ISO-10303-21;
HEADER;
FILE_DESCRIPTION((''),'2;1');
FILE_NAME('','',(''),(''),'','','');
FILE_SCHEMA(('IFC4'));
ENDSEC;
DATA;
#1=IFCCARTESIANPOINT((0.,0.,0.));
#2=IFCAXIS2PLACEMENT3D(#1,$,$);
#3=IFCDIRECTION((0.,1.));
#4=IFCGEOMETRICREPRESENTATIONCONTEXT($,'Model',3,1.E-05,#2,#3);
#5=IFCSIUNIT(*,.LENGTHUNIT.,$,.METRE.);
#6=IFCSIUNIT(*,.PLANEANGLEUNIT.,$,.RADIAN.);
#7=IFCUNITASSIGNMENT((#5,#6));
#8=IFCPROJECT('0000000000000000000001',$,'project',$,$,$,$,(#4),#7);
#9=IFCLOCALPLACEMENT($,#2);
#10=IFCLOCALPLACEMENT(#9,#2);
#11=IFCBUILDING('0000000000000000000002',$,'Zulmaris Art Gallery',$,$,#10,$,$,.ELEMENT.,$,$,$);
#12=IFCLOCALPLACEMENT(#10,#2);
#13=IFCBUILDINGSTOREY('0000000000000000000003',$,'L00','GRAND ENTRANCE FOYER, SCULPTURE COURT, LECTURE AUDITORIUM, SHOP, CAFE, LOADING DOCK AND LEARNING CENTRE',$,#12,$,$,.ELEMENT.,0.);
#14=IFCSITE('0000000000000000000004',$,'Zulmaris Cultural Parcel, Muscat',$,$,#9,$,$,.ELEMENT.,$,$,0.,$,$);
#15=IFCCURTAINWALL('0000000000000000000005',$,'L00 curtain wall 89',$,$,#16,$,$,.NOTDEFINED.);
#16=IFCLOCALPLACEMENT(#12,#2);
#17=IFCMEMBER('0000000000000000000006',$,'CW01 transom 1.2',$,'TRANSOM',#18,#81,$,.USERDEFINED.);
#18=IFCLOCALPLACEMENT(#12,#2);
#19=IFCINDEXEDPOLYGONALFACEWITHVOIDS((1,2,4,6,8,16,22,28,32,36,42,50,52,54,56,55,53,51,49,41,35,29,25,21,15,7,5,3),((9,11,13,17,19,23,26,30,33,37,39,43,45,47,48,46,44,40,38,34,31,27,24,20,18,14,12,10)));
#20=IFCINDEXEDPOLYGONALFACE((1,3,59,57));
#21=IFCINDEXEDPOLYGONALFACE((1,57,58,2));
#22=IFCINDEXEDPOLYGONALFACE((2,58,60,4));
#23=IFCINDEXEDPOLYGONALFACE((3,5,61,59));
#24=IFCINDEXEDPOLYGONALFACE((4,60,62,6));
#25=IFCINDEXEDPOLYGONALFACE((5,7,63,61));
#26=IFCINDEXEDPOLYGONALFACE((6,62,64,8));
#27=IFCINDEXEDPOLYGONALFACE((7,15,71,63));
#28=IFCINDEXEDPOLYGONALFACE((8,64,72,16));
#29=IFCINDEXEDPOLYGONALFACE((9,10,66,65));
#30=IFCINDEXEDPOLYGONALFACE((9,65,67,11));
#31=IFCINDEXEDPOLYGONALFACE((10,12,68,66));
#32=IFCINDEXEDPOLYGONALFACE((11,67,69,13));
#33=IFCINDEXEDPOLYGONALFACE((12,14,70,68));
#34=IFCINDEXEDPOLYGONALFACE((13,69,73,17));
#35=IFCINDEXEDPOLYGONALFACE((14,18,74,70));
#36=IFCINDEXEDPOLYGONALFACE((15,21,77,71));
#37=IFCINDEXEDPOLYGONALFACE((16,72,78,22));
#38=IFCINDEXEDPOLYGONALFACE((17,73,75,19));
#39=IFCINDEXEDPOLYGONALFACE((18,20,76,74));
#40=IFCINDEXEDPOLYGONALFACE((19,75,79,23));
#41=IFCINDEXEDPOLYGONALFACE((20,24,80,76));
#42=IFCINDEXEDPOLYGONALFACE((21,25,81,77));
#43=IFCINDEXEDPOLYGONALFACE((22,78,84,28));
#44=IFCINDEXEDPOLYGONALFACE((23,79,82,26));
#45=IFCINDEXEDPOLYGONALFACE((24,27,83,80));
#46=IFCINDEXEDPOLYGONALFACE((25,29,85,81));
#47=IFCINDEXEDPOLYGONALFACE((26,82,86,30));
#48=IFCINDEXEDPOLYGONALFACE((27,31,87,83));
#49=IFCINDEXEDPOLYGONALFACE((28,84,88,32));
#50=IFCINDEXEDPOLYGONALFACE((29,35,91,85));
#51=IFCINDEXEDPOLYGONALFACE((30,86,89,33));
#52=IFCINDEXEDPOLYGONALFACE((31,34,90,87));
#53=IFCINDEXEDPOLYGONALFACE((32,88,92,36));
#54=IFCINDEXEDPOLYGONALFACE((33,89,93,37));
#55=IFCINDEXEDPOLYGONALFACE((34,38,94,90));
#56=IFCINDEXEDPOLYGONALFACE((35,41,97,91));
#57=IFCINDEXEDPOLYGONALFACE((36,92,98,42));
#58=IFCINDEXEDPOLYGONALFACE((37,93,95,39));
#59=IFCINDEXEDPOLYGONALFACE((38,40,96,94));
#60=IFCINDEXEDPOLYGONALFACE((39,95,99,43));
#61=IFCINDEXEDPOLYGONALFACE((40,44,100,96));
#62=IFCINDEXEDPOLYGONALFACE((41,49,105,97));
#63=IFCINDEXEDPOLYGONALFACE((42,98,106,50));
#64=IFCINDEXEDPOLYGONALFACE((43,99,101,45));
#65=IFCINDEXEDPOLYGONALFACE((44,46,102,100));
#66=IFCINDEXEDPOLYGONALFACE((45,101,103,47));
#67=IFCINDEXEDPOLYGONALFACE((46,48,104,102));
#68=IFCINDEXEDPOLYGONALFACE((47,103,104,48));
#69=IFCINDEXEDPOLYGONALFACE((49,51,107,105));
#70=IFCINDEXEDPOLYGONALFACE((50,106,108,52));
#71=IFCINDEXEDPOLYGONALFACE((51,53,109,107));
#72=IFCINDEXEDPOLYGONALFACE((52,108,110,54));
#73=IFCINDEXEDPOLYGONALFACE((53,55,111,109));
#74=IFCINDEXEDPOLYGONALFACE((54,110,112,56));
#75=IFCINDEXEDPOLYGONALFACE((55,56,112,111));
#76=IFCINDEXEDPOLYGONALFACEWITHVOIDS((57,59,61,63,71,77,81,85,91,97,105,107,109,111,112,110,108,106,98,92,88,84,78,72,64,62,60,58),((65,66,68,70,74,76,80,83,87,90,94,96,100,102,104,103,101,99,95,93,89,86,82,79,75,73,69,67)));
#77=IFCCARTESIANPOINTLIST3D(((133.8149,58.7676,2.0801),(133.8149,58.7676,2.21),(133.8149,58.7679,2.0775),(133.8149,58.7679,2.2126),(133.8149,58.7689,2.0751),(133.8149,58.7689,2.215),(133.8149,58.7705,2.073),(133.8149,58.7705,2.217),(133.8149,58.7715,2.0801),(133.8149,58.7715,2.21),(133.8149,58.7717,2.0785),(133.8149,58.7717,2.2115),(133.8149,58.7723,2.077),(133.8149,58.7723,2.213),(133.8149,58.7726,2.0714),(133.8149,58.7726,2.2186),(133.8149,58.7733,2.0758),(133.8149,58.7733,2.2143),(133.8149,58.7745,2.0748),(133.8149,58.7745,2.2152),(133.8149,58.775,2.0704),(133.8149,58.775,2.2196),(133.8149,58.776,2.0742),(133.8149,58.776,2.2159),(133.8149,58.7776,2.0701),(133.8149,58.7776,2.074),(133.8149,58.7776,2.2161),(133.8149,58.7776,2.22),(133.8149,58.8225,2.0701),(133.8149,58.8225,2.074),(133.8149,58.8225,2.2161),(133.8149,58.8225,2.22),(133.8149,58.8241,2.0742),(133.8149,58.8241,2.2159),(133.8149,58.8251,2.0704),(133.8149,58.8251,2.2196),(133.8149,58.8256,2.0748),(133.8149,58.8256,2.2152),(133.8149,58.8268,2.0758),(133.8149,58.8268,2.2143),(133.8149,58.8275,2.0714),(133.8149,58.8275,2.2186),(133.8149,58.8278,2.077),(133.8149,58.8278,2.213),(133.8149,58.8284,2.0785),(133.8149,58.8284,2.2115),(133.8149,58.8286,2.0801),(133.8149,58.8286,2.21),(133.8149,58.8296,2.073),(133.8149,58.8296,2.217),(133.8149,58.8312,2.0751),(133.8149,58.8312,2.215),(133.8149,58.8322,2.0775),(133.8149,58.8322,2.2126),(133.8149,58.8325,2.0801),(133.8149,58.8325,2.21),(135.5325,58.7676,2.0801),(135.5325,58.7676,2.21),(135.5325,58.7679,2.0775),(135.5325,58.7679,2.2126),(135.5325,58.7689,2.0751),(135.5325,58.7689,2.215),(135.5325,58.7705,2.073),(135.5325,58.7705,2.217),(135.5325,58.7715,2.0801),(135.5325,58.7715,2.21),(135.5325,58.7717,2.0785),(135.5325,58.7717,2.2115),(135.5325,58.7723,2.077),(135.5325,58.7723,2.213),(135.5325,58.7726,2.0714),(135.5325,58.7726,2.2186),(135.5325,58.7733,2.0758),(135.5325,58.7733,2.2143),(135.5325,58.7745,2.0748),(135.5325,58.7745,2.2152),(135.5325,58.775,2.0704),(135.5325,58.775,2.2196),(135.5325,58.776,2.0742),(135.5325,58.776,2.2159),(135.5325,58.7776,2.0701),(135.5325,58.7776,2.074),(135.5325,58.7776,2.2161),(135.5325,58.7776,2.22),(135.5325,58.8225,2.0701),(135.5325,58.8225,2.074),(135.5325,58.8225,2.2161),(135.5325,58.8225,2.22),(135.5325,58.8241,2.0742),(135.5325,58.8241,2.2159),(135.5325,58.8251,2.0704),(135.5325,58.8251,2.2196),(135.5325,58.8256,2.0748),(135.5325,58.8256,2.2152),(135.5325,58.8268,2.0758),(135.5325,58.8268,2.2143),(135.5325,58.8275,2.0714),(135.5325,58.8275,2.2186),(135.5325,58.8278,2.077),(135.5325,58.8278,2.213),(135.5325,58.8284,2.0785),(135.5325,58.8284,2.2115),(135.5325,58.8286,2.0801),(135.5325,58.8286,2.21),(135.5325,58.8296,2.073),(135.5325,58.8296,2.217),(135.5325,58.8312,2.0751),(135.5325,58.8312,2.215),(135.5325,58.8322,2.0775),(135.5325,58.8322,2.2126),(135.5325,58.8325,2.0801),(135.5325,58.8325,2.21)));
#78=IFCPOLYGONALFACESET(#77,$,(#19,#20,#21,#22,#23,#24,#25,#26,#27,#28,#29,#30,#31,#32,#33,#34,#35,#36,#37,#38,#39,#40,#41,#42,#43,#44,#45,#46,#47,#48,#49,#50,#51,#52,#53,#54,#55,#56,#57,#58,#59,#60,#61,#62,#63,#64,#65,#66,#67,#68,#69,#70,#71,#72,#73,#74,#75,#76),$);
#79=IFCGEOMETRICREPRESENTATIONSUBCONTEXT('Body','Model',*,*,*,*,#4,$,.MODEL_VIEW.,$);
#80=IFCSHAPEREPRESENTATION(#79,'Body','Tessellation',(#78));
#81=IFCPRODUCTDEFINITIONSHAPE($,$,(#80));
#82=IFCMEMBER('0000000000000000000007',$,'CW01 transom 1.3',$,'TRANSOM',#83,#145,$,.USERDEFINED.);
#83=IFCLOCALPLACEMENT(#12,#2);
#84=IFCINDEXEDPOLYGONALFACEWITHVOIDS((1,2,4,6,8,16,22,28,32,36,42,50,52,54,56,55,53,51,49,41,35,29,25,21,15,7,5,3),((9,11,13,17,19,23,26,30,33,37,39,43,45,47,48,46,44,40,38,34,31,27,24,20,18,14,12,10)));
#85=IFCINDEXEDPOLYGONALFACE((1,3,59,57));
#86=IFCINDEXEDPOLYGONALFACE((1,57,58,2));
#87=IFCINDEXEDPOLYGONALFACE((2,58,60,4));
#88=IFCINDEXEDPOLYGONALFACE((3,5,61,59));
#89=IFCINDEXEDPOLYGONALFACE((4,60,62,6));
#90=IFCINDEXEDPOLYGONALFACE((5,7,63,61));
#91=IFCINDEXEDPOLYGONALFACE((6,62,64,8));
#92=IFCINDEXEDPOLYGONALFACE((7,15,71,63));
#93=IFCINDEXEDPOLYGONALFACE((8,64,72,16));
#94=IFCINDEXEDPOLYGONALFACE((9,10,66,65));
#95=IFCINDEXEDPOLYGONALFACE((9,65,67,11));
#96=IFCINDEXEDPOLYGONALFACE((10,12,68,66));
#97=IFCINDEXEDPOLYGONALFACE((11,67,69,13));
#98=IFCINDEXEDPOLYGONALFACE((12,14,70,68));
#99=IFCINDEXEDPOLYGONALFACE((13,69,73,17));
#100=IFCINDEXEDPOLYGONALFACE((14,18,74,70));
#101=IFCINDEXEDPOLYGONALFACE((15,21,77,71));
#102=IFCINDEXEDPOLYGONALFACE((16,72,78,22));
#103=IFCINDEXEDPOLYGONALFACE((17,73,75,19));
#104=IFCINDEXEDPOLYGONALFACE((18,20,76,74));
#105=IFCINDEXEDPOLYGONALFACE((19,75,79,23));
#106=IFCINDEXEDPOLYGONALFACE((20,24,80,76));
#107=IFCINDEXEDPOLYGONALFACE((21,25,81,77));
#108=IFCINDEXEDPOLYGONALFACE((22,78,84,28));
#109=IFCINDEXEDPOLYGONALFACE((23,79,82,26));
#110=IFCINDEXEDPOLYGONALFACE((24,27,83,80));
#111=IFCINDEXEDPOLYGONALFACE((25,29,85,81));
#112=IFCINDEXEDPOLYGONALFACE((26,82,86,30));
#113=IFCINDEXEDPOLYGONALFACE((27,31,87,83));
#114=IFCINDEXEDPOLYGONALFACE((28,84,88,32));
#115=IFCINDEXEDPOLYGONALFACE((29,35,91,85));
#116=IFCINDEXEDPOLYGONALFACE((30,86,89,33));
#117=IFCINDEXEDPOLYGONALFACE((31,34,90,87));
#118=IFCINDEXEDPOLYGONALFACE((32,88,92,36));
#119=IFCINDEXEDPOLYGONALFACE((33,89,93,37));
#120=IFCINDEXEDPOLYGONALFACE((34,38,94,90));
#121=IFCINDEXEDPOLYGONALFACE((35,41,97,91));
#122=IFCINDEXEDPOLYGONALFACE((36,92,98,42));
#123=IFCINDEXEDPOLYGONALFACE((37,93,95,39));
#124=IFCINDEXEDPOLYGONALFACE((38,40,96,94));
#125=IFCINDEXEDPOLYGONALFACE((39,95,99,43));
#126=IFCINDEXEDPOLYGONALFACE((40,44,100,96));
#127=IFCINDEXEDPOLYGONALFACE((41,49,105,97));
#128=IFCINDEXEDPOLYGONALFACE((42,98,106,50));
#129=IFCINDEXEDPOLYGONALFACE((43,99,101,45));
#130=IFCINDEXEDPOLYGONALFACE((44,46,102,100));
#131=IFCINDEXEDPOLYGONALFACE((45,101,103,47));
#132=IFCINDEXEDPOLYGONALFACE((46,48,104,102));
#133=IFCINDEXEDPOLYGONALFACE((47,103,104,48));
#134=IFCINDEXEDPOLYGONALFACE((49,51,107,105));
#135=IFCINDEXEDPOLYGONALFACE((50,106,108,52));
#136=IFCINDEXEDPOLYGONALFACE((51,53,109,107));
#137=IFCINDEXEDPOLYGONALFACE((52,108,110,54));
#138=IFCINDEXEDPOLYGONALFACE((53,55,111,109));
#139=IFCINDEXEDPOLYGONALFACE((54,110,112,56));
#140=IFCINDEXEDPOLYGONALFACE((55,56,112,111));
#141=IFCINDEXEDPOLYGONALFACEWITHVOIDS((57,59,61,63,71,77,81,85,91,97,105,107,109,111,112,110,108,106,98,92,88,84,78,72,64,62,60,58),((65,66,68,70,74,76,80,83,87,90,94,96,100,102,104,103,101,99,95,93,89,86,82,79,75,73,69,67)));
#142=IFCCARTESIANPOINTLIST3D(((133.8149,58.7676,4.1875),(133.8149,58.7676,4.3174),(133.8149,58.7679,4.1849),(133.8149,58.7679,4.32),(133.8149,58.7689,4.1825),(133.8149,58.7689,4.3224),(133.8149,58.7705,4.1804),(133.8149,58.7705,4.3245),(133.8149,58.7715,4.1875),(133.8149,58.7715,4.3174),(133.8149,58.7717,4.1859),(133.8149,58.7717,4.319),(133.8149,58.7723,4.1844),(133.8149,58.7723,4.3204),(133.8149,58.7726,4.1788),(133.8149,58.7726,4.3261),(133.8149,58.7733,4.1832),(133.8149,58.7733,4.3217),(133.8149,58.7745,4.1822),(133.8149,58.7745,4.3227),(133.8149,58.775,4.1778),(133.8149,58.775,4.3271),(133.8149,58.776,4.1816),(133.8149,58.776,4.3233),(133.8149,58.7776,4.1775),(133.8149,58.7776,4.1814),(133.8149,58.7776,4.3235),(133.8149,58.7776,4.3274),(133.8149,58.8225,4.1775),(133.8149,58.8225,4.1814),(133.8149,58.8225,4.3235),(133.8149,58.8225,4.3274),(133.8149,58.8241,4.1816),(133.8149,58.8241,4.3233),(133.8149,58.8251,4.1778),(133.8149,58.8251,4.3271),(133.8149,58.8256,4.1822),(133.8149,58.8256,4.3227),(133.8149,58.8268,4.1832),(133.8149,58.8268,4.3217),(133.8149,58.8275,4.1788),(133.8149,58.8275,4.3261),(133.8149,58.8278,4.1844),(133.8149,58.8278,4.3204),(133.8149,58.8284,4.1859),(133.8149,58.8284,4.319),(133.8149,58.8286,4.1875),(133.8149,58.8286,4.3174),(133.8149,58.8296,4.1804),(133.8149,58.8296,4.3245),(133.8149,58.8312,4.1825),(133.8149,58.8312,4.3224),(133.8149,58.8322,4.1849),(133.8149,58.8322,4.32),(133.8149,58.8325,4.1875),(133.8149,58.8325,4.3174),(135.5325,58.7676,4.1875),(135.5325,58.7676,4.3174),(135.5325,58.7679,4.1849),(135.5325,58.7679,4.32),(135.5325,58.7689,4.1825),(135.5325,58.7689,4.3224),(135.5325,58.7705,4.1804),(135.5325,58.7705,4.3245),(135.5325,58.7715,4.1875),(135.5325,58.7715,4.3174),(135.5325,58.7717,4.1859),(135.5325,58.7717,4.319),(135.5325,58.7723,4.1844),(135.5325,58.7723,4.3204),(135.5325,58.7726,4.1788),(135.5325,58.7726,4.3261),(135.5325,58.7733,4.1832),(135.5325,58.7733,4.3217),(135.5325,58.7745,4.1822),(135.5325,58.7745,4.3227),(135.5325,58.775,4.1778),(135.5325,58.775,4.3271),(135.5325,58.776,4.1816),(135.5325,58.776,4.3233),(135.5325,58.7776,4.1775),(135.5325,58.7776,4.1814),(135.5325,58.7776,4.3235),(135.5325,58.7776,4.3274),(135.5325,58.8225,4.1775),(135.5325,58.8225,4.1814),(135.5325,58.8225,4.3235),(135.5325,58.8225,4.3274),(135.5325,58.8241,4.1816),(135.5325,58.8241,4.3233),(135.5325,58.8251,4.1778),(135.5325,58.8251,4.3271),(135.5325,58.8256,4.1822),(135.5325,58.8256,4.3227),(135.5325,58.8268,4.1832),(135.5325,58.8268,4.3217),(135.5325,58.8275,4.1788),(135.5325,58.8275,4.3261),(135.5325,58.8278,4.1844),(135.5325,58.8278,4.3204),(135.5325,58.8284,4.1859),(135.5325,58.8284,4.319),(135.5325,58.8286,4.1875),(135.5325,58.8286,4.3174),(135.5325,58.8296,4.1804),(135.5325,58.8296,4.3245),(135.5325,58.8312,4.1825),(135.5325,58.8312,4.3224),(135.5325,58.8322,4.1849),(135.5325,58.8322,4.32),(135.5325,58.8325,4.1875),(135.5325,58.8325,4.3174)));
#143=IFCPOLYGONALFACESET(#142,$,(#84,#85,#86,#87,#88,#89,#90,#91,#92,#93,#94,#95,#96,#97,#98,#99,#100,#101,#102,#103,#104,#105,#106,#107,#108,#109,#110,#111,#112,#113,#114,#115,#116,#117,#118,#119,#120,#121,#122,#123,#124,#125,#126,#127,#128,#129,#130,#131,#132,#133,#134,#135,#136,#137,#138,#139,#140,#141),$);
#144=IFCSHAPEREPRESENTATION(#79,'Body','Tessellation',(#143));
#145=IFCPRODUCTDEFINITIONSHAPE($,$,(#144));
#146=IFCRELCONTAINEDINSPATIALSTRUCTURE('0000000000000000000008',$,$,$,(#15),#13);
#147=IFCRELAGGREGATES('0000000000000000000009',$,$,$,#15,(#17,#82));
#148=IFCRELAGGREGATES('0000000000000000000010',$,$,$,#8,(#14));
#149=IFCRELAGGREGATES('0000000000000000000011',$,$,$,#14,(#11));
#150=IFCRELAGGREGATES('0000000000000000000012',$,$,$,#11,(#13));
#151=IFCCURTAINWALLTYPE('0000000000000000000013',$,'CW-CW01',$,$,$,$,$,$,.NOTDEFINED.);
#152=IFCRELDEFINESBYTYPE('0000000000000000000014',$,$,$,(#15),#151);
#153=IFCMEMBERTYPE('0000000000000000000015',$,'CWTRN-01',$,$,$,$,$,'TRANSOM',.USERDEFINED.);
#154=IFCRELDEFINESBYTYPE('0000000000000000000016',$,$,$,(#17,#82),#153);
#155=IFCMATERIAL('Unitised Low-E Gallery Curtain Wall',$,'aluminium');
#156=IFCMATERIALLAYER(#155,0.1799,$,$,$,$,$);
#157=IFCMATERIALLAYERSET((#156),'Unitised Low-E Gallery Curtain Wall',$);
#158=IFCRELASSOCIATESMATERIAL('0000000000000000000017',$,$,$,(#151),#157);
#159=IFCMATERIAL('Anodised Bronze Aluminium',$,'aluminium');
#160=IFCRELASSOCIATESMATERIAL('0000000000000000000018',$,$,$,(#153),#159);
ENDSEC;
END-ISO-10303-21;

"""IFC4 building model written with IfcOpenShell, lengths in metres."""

from ifc_helpers import new_model, si_unit, direction, frame, origin, origin_2d, place, context, subcontext, project, spatial, hollow_rectangle, extrude, material, layer, layer_set, material_profile, profile_set, type_object, element, aggregate, save


model = new_model("IFC4")

# Units and contexts
model_context = context("Model", 3, precision=1e-05, world=origin(), true_north=direction((0.0, 1.0)))
body_context = subcontext(model_context, "Body", "Model", "MODEL_VIEW")
ifc_project = project(units=[si_unit("LENGTHUNIT", "METRE"), si_unit("PLANEANGLEUNIT", "RADIAN")], contexts=[model_context])

# Site, building, storey
site_placement = place(None, origin())
site = spatial("IfcSite", under=ifc_project, at=site_placement, Name="Zulmaris Cultural Parcel, Muscat", CompositionType="ELEMENT", RefElevation=0.0)
building_placement = place(site_placement, origin())
building = spatial("IfcBuilding", under=site, at=building_placement, Name="Zulmaris Art Gallery", CompositionType="ELEMENT")
storey_placement = place(building_placement, origin())
storey = spatial("IfcBuildingStorey", under=building, at=storey_placement, Name="L00", Description="GRAND ENTRANCE FOYER, SCULPTURE COURT, LECTURE AUDITORIUM, SHOP, CAFE, LOADING DOCK AND LEARNING CENTRE", CompositionType="ELEMENT", Elevation=0.0)

# Shared definitions
ifc_material_1 = material(Name="Unitised Low-E Gallery Curtain Wall", Category="aluminium")
ifc_layer_1 = layer(ifc_material_1, 0.1799)
ifc_layer_set_1 = layer_set([ifc_layer_1], Name="Unitised Low-E Gallery Curtain Wall")
curtain_wall_type = type_object("IfcCurtainWallType", Name="CW-CW01", PredefinedType="NOTDEFINED", material=ifc_layer_set_1)
ifc_material_2 = material(Name="Anodised Bronze Aluminium", Category="aluminium")

# Curtain wall, members
curtain_wall_1_placement = place(storey_placement, origin())
curtain_wall_1 = element("IfcCurtainWall", 1, at=curtain_wall_1_placement, inside=storey, type_object=curtain_wall_type, Name="L00 curtain wall 89", PredefinedType="NOTDEFINED")
ifc_material_profile_1 = material_profile(ifc_material_2, hollow_rectangle(XDim=0.0649, YDim=0.1499, WallThickness=0.0039, InnerFilletRadius=0.0061, OuterFilletRadius=0.01, at=origin_2d()), Name="ALU 65x150x4")
ifc_profile_set_1 = profile_set([ifc_material_profile_1], Name="Anodised Bronze Aluminium")
member_type_1 = type_object("IfcMemberType", Name="CWTRN-01", ElementType="TRANSOM", PredefinedType="USERDEFINED", material=ifc_profile_set_1)
member_1_placement = place(storey_placement, frame((133.8149, 58.8, 2.145), z_axis=(1.0, 0.0, 0.0), x_axis=(0.0, 1.0, 0.0)))
member_1 = element("IfcMember", 2, at=member_1_placement, type_object=member_type_1, Name="CW01 transom 1.2", ObjectType="TRANSOM", PredefinedType="USERDEFINED", context=body_context, shape_type="SweptSolid", body=[
    extrude(hollow_rectangle(XDim=0.0649, YDim=0.1499, WallThickness=0.0039, InnerFilletRadius=0.0061, OuterFilletRadius=0.01, at=origin_2d()), origin(), (0.0, 0.0, 1.0), 1.7175),
])
member_2_placement = place(storey_placement, frame((133.8149, 58.8, 4.2524), z_axis=(1.0, 0.0, 0.0), x_axis=(0.0, 1.0, 0.0)))
member_2 = element("IfcMember", 3, at=member_2_placement, type_object=member_type_1, Name="CW01 transom 1.3", ObjectType="TRANSOM", PredefinedType="USERDEFINED", context=body_context, shape_type="SweptSolid", body=[
    extrude(hollow_rectangle(XDim=0.0649, YDim=0.1499, WallThickness=0.0039, InnerFilletRadius=0.0061, OuterFilletRadius=0.01, at=origin_2d()), origin(), (0.0, 0.0, 1.0), 1.7175),
])
aggregate(curtain_wall_1, [member_1, member_2])

save(model, "model.ifc")
